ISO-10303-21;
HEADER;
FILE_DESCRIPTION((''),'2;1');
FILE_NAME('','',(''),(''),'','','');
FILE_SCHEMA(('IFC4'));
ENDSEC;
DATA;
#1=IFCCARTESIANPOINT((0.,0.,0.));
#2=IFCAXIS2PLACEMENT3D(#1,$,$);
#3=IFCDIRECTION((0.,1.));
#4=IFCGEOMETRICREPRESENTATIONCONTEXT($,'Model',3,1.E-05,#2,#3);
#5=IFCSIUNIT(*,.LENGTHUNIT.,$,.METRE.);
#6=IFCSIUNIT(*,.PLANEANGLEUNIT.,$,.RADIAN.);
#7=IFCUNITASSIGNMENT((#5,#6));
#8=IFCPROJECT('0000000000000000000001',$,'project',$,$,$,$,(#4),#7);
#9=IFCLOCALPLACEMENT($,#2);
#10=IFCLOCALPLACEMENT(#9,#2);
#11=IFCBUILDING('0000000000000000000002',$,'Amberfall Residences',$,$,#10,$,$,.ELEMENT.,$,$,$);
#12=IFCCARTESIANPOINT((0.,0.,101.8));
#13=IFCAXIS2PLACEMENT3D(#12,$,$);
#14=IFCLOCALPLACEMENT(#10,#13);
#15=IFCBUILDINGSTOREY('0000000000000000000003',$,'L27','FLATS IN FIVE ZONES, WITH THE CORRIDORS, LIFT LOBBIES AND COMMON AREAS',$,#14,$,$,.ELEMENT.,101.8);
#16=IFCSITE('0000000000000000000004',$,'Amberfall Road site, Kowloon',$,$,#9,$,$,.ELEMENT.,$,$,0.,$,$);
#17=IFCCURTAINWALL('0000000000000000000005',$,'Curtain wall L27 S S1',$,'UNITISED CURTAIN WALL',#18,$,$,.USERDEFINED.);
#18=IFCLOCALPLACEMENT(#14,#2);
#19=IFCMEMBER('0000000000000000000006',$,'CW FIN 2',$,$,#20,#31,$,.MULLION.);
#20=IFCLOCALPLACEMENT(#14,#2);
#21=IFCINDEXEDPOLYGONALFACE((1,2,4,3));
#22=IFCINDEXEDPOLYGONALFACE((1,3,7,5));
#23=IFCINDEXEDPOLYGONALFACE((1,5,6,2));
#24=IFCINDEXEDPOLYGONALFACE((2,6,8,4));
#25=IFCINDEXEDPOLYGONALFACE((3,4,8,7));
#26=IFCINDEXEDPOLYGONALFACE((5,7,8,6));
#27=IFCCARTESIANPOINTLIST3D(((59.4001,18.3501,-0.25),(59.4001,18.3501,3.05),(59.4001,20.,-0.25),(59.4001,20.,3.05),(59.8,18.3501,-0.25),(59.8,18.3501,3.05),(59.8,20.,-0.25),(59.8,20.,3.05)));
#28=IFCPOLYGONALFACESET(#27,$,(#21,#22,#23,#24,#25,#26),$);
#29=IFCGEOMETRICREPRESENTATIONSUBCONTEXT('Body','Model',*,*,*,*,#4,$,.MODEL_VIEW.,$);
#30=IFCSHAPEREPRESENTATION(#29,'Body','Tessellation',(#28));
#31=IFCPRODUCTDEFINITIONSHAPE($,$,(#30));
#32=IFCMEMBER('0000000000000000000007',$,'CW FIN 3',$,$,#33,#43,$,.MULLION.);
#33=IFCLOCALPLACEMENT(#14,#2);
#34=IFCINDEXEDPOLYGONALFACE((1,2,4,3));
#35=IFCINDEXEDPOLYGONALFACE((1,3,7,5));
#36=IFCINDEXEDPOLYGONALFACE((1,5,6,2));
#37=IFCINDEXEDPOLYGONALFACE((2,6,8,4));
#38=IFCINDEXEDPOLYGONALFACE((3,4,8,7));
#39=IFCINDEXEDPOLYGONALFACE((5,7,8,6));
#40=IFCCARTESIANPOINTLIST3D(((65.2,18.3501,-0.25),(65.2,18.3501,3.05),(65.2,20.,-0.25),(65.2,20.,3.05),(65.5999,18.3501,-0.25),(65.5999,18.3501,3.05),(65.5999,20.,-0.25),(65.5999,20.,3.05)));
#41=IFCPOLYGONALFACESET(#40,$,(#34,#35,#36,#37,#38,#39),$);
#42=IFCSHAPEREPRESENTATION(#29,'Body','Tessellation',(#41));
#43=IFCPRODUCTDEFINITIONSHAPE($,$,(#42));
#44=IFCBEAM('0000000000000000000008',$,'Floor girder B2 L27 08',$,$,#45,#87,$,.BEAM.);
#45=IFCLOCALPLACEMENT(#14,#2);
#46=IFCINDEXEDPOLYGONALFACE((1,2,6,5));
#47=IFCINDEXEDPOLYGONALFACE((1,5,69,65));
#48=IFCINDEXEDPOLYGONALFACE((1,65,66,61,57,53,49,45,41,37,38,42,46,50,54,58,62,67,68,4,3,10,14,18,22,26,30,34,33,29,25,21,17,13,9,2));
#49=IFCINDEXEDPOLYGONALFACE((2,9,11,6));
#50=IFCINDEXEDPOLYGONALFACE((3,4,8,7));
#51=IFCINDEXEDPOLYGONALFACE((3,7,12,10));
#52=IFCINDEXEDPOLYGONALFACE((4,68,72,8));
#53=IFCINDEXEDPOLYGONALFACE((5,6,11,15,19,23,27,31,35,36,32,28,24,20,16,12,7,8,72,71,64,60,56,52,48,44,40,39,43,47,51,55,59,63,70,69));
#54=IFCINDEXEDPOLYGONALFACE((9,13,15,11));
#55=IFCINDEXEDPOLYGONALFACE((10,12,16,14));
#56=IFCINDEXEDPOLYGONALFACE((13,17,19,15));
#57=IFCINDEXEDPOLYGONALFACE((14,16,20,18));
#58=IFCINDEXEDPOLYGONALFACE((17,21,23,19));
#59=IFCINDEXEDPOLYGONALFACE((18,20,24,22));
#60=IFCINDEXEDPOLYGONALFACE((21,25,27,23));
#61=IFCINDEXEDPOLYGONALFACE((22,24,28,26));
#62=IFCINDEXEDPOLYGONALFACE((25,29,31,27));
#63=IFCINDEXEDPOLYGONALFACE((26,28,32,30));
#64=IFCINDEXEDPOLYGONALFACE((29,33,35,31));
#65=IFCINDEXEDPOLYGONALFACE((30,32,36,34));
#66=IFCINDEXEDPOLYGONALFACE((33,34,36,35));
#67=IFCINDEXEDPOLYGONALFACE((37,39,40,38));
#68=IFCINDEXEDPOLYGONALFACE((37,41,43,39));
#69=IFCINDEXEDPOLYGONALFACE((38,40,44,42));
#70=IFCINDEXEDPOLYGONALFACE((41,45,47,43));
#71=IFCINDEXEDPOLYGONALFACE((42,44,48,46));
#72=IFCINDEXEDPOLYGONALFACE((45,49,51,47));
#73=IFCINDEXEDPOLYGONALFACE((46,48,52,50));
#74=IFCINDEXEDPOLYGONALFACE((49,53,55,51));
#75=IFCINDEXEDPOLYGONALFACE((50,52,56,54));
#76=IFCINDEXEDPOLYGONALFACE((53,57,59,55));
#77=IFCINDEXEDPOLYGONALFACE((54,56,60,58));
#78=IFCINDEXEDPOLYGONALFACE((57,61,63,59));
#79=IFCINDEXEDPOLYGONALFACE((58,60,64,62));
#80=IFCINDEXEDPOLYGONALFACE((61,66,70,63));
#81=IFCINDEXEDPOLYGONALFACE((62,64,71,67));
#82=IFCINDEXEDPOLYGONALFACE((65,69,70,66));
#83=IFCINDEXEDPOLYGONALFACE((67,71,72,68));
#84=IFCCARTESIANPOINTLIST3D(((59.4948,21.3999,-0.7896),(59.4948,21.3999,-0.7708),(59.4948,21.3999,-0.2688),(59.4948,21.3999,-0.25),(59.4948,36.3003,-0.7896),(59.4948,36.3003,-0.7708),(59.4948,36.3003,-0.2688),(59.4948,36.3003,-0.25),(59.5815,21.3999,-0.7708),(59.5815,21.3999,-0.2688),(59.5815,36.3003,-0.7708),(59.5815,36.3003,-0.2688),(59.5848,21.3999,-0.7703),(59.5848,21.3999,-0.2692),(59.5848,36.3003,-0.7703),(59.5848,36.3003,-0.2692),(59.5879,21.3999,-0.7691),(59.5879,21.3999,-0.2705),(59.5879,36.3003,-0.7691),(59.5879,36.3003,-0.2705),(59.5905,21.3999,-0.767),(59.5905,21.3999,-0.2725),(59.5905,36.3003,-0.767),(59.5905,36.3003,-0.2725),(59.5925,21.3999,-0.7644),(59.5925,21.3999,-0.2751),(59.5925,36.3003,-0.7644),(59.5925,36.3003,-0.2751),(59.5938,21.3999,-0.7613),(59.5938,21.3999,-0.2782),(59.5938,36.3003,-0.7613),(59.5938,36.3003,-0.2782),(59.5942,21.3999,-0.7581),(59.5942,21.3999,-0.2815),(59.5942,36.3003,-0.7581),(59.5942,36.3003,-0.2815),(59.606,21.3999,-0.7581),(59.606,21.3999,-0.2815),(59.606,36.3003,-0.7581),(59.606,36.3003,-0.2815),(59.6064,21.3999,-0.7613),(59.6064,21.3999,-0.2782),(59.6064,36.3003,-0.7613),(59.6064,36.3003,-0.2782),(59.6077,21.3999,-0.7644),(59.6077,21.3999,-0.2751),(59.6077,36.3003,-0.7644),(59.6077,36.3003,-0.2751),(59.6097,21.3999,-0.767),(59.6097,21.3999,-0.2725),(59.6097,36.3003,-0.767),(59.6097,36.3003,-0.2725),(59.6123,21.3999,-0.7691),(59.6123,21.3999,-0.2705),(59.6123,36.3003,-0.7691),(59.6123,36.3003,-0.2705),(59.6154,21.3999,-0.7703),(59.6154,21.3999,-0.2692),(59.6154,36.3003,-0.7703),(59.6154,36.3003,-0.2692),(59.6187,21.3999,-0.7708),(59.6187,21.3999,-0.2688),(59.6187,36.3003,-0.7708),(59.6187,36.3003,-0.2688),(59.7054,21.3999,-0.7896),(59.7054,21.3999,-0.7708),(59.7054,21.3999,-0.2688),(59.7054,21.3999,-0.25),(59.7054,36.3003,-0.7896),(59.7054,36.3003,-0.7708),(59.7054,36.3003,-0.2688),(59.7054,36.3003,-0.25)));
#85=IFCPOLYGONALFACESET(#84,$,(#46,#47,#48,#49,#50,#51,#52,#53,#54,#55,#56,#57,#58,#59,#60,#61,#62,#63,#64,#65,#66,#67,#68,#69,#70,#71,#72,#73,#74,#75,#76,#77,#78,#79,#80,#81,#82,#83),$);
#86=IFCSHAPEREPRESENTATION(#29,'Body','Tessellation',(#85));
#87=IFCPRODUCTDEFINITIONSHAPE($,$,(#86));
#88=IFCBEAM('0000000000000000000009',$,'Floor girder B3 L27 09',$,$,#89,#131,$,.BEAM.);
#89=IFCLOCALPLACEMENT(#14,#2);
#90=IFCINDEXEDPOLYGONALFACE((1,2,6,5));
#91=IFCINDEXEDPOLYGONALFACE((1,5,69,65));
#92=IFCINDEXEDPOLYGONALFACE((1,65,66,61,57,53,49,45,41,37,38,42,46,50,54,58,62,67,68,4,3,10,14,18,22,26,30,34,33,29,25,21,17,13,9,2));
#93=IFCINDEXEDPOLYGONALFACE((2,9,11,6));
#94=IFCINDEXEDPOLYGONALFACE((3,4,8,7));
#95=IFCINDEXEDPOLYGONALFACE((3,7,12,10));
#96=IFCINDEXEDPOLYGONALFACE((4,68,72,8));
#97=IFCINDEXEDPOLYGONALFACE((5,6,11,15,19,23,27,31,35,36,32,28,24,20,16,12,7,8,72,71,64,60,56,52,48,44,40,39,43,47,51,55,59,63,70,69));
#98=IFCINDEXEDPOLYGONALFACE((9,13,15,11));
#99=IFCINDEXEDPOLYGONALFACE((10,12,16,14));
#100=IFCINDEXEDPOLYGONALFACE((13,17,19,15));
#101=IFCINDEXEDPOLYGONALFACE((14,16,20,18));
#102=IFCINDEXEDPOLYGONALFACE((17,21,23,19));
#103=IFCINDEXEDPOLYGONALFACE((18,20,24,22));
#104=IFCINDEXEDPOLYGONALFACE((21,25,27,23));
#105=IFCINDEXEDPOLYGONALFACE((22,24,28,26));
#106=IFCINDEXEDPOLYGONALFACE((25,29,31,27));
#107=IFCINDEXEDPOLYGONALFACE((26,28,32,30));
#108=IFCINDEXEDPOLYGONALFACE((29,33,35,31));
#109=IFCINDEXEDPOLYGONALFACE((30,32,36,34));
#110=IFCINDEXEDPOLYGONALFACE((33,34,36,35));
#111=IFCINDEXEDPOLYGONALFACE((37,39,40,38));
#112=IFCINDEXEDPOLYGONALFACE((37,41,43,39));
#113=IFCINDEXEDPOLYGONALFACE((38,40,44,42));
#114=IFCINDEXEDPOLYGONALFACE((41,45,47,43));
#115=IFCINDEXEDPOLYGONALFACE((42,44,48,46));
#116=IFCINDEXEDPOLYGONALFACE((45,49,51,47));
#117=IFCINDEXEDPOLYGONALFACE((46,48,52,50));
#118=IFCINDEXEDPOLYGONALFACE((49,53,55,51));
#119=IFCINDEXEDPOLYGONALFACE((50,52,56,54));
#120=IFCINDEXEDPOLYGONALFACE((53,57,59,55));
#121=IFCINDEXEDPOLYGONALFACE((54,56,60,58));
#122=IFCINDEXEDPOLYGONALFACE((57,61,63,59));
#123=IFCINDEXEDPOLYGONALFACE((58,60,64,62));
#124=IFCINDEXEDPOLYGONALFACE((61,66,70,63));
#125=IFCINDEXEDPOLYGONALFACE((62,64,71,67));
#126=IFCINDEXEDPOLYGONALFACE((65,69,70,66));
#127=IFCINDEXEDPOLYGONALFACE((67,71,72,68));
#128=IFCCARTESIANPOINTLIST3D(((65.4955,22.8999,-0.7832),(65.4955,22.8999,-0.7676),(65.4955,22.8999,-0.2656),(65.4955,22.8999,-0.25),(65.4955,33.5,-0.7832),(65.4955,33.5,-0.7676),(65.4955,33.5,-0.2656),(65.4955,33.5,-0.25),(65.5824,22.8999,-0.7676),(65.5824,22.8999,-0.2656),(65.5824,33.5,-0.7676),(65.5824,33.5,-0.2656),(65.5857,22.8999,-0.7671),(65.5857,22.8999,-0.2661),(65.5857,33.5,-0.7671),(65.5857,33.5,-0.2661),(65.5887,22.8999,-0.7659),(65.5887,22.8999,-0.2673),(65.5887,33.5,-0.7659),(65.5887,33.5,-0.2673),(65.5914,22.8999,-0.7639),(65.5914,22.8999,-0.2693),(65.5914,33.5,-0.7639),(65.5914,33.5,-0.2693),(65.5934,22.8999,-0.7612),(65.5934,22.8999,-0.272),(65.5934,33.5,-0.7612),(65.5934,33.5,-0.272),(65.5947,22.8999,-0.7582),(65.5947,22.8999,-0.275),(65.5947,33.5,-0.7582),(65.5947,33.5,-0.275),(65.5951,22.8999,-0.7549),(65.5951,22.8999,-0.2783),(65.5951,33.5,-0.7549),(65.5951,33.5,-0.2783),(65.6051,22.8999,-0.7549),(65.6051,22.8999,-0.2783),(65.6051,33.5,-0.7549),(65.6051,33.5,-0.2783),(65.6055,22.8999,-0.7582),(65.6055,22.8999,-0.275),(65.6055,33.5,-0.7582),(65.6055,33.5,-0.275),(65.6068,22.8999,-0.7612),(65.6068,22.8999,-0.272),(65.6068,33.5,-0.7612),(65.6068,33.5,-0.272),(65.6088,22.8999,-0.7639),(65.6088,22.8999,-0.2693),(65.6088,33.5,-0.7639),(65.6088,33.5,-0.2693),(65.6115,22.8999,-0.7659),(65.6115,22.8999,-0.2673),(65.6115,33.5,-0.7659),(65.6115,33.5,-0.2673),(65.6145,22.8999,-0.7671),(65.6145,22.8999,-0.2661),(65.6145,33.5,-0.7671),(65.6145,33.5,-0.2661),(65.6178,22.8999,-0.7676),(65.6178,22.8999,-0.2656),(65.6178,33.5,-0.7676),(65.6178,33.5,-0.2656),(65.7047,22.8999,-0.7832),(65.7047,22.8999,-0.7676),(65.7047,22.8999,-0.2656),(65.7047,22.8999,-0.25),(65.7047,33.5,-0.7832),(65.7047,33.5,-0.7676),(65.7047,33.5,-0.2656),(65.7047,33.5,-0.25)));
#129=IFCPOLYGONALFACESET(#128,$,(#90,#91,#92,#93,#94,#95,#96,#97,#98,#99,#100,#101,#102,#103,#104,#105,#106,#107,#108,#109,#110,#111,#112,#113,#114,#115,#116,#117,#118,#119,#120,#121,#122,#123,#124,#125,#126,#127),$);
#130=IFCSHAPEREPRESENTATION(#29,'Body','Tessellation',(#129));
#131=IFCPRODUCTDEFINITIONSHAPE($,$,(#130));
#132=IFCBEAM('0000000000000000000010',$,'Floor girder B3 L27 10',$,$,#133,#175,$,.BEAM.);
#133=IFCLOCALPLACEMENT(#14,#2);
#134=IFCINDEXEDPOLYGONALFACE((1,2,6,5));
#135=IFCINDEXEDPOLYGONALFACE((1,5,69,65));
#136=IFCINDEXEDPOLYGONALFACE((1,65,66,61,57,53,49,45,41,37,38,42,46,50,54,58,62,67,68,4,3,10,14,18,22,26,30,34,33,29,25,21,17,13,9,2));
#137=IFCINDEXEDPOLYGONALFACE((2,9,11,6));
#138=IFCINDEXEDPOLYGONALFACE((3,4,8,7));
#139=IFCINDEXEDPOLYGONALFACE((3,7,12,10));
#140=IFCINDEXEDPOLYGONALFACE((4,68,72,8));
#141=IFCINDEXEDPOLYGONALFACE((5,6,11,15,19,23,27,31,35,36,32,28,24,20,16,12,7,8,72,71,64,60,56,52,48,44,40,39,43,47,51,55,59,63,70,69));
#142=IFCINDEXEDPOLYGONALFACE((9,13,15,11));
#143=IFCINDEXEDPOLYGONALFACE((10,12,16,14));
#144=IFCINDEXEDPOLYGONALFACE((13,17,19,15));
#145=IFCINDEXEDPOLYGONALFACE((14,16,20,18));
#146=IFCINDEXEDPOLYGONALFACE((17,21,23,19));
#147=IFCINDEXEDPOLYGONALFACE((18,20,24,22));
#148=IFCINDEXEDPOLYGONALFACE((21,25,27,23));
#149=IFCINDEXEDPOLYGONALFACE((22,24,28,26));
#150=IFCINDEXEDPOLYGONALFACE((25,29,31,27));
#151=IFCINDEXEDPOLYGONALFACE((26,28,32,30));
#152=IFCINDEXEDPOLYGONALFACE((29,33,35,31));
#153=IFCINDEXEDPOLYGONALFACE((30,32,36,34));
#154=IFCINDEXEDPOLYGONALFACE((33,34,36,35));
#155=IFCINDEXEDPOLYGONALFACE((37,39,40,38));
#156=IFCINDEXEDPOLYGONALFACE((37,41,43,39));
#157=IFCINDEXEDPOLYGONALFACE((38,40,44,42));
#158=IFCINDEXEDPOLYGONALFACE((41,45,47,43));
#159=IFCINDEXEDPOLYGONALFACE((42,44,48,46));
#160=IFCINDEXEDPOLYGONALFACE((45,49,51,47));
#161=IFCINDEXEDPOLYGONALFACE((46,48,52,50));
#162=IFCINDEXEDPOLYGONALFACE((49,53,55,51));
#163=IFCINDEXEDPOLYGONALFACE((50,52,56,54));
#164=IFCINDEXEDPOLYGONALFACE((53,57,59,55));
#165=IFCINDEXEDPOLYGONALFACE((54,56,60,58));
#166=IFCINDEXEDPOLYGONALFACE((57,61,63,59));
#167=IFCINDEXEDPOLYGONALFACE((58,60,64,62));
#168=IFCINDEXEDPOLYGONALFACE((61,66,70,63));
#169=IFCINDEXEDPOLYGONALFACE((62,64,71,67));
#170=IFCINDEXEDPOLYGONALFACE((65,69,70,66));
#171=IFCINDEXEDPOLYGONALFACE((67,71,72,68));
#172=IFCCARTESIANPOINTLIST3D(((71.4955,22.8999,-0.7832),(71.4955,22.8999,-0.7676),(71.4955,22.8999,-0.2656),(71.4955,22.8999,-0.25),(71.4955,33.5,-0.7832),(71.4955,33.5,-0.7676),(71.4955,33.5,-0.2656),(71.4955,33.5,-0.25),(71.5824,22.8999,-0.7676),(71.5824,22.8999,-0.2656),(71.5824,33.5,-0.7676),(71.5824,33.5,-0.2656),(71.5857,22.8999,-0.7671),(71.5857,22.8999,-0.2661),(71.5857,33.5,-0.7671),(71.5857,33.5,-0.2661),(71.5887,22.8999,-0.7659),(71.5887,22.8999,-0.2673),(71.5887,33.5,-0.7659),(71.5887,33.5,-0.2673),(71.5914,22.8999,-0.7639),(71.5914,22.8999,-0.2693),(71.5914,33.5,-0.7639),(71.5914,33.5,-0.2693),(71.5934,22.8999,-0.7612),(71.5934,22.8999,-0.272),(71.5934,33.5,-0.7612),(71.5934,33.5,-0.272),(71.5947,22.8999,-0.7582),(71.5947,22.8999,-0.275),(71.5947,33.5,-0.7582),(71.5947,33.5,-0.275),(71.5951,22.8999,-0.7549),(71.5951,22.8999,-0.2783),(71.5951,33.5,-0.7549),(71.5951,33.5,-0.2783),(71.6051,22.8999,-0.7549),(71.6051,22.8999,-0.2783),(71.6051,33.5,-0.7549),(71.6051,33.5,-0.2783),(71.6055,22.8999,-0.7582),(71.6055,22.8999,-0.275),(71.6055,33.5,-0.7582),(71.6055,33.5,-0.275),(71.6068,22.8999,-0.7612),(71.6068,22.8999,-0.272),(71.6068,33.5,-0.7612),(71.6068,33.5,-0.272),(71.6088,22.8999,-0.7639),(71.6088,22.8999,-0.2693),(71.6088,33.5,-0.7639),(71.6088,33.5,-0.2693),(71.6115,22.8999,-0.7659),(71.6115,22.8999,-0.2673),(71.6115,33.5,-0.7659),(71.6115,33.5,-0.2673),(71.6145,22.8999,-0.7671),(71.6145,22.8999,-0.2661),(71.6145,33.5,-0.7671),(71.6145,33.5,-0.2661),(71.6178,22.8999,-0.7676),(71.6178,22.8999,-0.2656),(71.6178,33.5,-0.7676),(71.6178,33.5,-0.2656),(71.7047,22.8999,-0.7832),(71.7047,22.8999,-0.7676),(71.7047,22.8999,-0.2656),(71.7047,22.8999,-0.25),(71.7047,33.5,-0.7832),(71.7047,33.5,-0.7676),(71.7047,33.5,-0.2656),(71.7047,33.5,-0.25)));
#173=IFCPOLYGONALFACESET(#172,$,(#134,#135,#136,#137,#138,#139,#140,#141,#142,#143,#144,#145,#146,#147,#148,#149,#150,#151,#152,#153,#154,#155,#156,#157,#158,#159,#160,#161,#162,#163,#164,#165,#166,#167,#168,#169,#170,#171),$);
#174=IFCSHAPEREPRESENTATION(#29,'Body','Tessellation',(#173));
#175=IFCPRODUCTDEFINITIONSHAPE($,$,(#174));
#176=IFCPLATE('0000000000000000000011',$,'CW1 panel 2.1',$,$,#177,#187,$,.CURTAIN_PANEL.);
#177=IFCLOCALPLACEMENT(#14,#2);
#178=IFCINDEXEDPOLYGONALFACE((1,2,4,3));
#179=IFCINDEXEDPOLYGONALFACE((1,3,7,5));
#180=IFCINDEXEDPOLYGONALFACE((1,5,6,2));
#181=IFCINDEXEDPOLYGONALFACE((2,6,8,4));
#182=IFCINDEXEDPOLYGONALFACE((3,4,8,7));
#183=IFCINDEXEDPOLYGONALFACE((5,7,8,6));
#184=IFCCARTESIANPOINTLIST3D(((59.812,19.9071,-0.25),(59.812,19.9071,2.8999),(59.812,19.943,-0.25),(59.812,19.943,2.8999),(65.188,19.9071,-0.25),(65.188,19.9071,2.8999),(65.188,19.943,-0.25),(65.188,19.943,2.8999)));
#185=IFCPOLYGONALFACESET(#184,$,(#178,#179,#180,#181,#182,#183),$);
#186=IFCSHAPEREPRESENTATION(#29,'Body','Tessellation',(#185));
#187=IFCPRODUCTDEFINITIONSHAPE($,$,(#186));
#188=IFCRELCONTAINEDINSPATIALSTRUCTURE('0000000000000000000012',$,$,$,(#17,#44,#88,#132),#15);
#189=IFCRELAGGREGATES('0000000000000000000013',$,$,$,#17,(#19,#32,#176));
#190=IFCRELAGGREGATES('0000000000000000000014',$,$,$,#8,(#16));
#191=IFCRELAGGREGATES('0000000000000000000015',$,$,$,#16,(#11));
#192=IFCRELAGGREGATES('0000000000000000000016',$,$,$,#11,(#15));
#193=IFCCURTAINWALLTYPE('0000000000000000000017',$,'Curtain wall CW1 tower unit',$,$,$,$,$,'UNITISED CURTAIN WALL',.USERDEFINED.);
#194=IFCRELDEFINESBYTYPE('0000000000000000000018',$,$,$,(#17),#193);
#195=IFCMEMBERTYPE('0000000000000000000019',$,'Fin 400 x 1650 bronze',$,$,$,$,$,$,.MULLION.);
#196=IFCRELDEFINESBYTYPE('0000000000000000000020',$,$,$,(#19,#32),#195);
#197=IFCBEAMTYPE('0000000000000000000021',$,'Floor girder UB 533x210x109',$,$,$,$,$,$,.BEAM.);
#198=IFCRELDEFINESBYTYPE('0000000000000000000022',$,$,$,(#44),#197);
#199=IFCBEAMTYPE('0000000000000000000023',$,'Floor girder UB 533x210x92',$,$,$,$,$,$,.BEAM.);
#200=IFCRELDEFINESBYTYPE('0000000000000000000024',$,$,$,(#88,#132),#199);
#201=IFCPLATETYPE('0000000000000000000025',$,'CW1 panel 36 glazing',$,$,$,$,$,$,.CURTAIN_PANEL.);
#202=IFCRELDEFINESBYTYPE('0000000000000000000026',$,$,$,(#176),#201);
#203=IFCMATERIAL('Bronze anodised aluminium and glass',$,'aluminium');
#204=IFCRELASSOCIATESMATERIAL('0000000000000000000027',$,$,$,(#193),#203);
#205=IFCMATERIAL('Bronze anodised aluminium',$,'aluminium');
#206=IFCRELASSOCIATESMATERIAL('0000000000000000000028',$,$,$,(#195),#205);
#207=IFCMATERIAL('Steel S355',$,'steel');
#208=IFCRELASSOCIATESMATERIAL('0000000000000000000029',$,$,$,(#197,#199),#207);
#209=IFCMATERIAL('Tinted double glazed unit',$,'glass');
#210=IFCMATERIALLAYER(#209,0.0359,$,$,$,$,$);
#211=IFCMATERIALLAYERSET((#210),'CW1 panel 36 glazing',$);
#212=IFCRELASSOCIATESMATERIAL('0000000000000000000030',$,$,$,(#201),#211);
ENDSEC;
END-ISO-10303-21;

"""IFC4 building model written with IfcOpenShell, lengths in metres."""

from ifc_helpers import new_model, si_unit, direction, frame, origin, origin_2d, place, context, subcontext, project, spatial, rectangle, i_section, extrude, material, layer, layer_set, material_profile, profile_set, type_object, element, aggregate, save


model = new_model("IFC4")

# Units and contexts
model_context = context("Model", 3, precision=1e-05, world=origin(), true_north=direction((0.0, 1.0)))
body_context = subcontext(model_context, "Body", "Model", "MODEL_VIEW")
ifc_project = project(units=[si_unit("LENGTHUNIT", "METRE"), si_unit("PLANEANGLEUNIT", "RADIAN")], contexts=[model_context])

# Site, building, storey
site_placement = place(None, origin())
site = spatial("IfcSite", under=ifc_project, at=site_placement, Name="Amberfall Road site, Kowloon", CompositionType="ELEMENT", RefElevation=0.0)
building_placement = place(site_placement, origin())
building = spatial("IfcBuilding", under=site, at=building_placement, Name="Amberfall Residences", CompositionType="ELEMENT")
storey_placement = place(building_placement, frame((0.0, 0.0, 101.8)))
storey = spatial("IfcBuildingStorey", under=building, at=storey_placement, Name="L27", Description="FLATS IN FIVE ZONES, WITH THE CORRIDORS, LIFT LOBBIES AND COMMON AREAS", CompositionType="ELEMENT", Elevation=101.8)

# Curtain wall
ifc_material_1 = material(Name="Bronze anodised aluminium and glass", Category="aluminium")
curtain_wall_type = type_object("IfcCurtainWallType", Name="Curtain wall CW1 tower unit", ElementType="UNITISED CURTAIN WALL", PredefinedType="USERDEFINED", material=ifc_material_1)
curtain_wall_placement = place(storey_placement, origin())
curtain_wall = element("IfcCurtainWall", 1, at=curtain_wall_placement, inside=storey, type_object=curtain_wall_type, Name="Curtain wall L27 S S1", ObjectType="UNITISED CURTAIN WALL", PredefinedType="USERDEFINED")
ifc_material_2 = material(Name="Bronze anodised aluminium", Category="aluminium")

# Shared definitions
ifc_material_3 = material(Name="Steel S355", Category="steel")

# Members
ifc_material_profile_1 = material_profile(ifc_material_2, rectangle(XDim=1.6499, YDim=0.3999, at=origin_2d()), Name="Fin 400 x 1650 bronze")
ifc_profile_set_1 = profile_set([ifc_material_profile_1], Name="Bronze anodised aluminium")
member_type_1 = type_object("IfcMemberType", Name="Fin 400 x 1650 bronze", PredefinedType="MULLION", material=ifc_profile_set_1)
member_1_placement = place(storey_placement, frame((59.6001, 19.175, -0.25), z_axis=(0.0, 0.0, 1.0), x_axis=(0.0, 1.0, 0.0)))
member_1 = element("IfcMember", 2, at=member_1_placement, type_object=member_type_1, Name="CW FIN 2", PredefinedType="MULLION", context=body_context, shape_type="SweptSolid", body=[
    extrude(rectangle(XDim=1.6499, YDim=0.3999, at=origin_2d()), origin(), (0.0, 0.0, 1.0), 3.3),
])
member_2_placement = place(storey_placement, frame((65.3999, 19.175, -0.25), z_axis=(0.0, 0.0, 1.0), x_axis=(0.0, 1.0, 0.0)))
member_2 = element("IfcMember", 3, at=member_2_placement, type_object=member_type_1, Name="CW FIN 3", PredefinedType="MULLION", context=body_context, shape_type="SweptSolid", body=[
    extrude(rectangle(XDim=1.6499, YDim=0.3999, at=origin_2d()), origin(), (0.0, 0.0, 1.0), 3.3),
])

# Beams
ifc_material_profile_2 = material_profile(ifc_material_3, i_section(OverallWidth=0.2107, OverallDepth=0.5396, WebThickness=0.0117, FlangeThickness=0.0188, FilletRadius=0.0127, at=origin_2d()), Name="UB 533x210x109")
ifc_profile_set_2 = profile_set([ifc_material_profile_2], Name="Steel S355")
beam_type_1 = type_object("IfcBeamType", Name="Floor girder UB 533x210x109", PredefinedType="BEAM", material=ifc_profile_set_2)
beam_1_placement = place(storey_placement, frame((59.6001, 21.3999, -0.5198), z_axis=(0.0, 1.0, 0.0), x_axis=(-1.0, 0.0, 0.0)))
element("IfcBeam", 4, at=beam_1_placement, inside=storey, type_object=beam_type_1, Name="Floor girder B2 L27 08", PredefinedType="BEAM", context=body_context, shape_type="SweptSolid", body=[
    extrude(i_section(OverallWidth=0.2107, OverallDepth=0.5396, WebThickness=0.0117, FlangeThickness=0.0188, FilletRadius=0.0127, at=origin_2d()), origin(), (0.0, 0.0, 1.0), 14.9004),
])
ifc_material_profile_3 = material_profile(ifc_material_3, i_section(OverallWidth=0.2092, OverallDepth=0.5332, WebThickness=0.01, FlangeThickness=0.0156, FilletRadius=0.0127, at=origin_2d()), Name="UB 533x210x92")
ifc_profile_set_3 = profile_set([ifc_material_profile_3], Name="Steel S355")
beam_type_2 = type_object("IfcBeamType", Name="Floor girder UB 533x210x92", PredefinedType="BEAM", material=ifc_profile_set_3)
for number, where, z_axis, x_axis, name in (
    (5, (65.6001, 22.8999, -0.5166), (0.0, 1.0, 0.0), (-1.0, 0.0, 0.0), "Floor girder B3 L27 09"),
    (6, (71.6001, 22.8999, -0.5166), (0.0, 1.0, 0.0), (-1.0, 0.0, 0.0), "Floor girder B3 L27 10"),
):
    element("IfcBeam", number, at=place(storey_placement, frame(where, z_axis=z_axis, x_axis=x_axis)), inside=storey, type_object=beam_type_2, Name=name, PredefinedType="BEAM", context=body_context, shape_type="SweptSolid", body=[
        extrude(i_section(OverallWidth=0.2092, OverallDepth=0.5332, WebThickness=0.01, FlangeThickness=0.0156, FilletRadius=0.0127, at=origin_2d()), origin(), (0.0, 0.0, 1.0), 10.6001),
    ])

# Plate
ifc_material_4 = material(Name="Tinted double glazed unit", Category="glass")
ifc_layer_1 = layer(ifc_material_4, 0.0359)
ifc_layer_set_1 = layer_set([ifc_layer_1], Name="CW1 panel 36 glazing")
plate_type = type_object("IfcPlateType", Name="CW1 panel 36 glazing", PredefinedType="CURTAIN_PANEL", material=ifc_layer_set_1)
plate_placement = place(storey_placement, frame((62.5, 19.925, -0.25), z_axis=(0.0, 0.0, 1.0), x_axis=(1.0, 0.0, 0.0)))
plate = element("IfcPlate", 7, at=plate_placement, type_object=plate_type, Name="CW1 panel 2.1", PredefinedType="CURTAIN_PANEL", context=body_context, shape_type="SweptSolid", body=[
    extrude(rectangle(XDim=5.376, YDim=0.0359, at=origin_2d()), origin(), (0.0, 0.0, 1.0), 3.1499),
])
aggregate(curtain_wall, [member_1, member_2, plate])

save(model, "model.ifc")
